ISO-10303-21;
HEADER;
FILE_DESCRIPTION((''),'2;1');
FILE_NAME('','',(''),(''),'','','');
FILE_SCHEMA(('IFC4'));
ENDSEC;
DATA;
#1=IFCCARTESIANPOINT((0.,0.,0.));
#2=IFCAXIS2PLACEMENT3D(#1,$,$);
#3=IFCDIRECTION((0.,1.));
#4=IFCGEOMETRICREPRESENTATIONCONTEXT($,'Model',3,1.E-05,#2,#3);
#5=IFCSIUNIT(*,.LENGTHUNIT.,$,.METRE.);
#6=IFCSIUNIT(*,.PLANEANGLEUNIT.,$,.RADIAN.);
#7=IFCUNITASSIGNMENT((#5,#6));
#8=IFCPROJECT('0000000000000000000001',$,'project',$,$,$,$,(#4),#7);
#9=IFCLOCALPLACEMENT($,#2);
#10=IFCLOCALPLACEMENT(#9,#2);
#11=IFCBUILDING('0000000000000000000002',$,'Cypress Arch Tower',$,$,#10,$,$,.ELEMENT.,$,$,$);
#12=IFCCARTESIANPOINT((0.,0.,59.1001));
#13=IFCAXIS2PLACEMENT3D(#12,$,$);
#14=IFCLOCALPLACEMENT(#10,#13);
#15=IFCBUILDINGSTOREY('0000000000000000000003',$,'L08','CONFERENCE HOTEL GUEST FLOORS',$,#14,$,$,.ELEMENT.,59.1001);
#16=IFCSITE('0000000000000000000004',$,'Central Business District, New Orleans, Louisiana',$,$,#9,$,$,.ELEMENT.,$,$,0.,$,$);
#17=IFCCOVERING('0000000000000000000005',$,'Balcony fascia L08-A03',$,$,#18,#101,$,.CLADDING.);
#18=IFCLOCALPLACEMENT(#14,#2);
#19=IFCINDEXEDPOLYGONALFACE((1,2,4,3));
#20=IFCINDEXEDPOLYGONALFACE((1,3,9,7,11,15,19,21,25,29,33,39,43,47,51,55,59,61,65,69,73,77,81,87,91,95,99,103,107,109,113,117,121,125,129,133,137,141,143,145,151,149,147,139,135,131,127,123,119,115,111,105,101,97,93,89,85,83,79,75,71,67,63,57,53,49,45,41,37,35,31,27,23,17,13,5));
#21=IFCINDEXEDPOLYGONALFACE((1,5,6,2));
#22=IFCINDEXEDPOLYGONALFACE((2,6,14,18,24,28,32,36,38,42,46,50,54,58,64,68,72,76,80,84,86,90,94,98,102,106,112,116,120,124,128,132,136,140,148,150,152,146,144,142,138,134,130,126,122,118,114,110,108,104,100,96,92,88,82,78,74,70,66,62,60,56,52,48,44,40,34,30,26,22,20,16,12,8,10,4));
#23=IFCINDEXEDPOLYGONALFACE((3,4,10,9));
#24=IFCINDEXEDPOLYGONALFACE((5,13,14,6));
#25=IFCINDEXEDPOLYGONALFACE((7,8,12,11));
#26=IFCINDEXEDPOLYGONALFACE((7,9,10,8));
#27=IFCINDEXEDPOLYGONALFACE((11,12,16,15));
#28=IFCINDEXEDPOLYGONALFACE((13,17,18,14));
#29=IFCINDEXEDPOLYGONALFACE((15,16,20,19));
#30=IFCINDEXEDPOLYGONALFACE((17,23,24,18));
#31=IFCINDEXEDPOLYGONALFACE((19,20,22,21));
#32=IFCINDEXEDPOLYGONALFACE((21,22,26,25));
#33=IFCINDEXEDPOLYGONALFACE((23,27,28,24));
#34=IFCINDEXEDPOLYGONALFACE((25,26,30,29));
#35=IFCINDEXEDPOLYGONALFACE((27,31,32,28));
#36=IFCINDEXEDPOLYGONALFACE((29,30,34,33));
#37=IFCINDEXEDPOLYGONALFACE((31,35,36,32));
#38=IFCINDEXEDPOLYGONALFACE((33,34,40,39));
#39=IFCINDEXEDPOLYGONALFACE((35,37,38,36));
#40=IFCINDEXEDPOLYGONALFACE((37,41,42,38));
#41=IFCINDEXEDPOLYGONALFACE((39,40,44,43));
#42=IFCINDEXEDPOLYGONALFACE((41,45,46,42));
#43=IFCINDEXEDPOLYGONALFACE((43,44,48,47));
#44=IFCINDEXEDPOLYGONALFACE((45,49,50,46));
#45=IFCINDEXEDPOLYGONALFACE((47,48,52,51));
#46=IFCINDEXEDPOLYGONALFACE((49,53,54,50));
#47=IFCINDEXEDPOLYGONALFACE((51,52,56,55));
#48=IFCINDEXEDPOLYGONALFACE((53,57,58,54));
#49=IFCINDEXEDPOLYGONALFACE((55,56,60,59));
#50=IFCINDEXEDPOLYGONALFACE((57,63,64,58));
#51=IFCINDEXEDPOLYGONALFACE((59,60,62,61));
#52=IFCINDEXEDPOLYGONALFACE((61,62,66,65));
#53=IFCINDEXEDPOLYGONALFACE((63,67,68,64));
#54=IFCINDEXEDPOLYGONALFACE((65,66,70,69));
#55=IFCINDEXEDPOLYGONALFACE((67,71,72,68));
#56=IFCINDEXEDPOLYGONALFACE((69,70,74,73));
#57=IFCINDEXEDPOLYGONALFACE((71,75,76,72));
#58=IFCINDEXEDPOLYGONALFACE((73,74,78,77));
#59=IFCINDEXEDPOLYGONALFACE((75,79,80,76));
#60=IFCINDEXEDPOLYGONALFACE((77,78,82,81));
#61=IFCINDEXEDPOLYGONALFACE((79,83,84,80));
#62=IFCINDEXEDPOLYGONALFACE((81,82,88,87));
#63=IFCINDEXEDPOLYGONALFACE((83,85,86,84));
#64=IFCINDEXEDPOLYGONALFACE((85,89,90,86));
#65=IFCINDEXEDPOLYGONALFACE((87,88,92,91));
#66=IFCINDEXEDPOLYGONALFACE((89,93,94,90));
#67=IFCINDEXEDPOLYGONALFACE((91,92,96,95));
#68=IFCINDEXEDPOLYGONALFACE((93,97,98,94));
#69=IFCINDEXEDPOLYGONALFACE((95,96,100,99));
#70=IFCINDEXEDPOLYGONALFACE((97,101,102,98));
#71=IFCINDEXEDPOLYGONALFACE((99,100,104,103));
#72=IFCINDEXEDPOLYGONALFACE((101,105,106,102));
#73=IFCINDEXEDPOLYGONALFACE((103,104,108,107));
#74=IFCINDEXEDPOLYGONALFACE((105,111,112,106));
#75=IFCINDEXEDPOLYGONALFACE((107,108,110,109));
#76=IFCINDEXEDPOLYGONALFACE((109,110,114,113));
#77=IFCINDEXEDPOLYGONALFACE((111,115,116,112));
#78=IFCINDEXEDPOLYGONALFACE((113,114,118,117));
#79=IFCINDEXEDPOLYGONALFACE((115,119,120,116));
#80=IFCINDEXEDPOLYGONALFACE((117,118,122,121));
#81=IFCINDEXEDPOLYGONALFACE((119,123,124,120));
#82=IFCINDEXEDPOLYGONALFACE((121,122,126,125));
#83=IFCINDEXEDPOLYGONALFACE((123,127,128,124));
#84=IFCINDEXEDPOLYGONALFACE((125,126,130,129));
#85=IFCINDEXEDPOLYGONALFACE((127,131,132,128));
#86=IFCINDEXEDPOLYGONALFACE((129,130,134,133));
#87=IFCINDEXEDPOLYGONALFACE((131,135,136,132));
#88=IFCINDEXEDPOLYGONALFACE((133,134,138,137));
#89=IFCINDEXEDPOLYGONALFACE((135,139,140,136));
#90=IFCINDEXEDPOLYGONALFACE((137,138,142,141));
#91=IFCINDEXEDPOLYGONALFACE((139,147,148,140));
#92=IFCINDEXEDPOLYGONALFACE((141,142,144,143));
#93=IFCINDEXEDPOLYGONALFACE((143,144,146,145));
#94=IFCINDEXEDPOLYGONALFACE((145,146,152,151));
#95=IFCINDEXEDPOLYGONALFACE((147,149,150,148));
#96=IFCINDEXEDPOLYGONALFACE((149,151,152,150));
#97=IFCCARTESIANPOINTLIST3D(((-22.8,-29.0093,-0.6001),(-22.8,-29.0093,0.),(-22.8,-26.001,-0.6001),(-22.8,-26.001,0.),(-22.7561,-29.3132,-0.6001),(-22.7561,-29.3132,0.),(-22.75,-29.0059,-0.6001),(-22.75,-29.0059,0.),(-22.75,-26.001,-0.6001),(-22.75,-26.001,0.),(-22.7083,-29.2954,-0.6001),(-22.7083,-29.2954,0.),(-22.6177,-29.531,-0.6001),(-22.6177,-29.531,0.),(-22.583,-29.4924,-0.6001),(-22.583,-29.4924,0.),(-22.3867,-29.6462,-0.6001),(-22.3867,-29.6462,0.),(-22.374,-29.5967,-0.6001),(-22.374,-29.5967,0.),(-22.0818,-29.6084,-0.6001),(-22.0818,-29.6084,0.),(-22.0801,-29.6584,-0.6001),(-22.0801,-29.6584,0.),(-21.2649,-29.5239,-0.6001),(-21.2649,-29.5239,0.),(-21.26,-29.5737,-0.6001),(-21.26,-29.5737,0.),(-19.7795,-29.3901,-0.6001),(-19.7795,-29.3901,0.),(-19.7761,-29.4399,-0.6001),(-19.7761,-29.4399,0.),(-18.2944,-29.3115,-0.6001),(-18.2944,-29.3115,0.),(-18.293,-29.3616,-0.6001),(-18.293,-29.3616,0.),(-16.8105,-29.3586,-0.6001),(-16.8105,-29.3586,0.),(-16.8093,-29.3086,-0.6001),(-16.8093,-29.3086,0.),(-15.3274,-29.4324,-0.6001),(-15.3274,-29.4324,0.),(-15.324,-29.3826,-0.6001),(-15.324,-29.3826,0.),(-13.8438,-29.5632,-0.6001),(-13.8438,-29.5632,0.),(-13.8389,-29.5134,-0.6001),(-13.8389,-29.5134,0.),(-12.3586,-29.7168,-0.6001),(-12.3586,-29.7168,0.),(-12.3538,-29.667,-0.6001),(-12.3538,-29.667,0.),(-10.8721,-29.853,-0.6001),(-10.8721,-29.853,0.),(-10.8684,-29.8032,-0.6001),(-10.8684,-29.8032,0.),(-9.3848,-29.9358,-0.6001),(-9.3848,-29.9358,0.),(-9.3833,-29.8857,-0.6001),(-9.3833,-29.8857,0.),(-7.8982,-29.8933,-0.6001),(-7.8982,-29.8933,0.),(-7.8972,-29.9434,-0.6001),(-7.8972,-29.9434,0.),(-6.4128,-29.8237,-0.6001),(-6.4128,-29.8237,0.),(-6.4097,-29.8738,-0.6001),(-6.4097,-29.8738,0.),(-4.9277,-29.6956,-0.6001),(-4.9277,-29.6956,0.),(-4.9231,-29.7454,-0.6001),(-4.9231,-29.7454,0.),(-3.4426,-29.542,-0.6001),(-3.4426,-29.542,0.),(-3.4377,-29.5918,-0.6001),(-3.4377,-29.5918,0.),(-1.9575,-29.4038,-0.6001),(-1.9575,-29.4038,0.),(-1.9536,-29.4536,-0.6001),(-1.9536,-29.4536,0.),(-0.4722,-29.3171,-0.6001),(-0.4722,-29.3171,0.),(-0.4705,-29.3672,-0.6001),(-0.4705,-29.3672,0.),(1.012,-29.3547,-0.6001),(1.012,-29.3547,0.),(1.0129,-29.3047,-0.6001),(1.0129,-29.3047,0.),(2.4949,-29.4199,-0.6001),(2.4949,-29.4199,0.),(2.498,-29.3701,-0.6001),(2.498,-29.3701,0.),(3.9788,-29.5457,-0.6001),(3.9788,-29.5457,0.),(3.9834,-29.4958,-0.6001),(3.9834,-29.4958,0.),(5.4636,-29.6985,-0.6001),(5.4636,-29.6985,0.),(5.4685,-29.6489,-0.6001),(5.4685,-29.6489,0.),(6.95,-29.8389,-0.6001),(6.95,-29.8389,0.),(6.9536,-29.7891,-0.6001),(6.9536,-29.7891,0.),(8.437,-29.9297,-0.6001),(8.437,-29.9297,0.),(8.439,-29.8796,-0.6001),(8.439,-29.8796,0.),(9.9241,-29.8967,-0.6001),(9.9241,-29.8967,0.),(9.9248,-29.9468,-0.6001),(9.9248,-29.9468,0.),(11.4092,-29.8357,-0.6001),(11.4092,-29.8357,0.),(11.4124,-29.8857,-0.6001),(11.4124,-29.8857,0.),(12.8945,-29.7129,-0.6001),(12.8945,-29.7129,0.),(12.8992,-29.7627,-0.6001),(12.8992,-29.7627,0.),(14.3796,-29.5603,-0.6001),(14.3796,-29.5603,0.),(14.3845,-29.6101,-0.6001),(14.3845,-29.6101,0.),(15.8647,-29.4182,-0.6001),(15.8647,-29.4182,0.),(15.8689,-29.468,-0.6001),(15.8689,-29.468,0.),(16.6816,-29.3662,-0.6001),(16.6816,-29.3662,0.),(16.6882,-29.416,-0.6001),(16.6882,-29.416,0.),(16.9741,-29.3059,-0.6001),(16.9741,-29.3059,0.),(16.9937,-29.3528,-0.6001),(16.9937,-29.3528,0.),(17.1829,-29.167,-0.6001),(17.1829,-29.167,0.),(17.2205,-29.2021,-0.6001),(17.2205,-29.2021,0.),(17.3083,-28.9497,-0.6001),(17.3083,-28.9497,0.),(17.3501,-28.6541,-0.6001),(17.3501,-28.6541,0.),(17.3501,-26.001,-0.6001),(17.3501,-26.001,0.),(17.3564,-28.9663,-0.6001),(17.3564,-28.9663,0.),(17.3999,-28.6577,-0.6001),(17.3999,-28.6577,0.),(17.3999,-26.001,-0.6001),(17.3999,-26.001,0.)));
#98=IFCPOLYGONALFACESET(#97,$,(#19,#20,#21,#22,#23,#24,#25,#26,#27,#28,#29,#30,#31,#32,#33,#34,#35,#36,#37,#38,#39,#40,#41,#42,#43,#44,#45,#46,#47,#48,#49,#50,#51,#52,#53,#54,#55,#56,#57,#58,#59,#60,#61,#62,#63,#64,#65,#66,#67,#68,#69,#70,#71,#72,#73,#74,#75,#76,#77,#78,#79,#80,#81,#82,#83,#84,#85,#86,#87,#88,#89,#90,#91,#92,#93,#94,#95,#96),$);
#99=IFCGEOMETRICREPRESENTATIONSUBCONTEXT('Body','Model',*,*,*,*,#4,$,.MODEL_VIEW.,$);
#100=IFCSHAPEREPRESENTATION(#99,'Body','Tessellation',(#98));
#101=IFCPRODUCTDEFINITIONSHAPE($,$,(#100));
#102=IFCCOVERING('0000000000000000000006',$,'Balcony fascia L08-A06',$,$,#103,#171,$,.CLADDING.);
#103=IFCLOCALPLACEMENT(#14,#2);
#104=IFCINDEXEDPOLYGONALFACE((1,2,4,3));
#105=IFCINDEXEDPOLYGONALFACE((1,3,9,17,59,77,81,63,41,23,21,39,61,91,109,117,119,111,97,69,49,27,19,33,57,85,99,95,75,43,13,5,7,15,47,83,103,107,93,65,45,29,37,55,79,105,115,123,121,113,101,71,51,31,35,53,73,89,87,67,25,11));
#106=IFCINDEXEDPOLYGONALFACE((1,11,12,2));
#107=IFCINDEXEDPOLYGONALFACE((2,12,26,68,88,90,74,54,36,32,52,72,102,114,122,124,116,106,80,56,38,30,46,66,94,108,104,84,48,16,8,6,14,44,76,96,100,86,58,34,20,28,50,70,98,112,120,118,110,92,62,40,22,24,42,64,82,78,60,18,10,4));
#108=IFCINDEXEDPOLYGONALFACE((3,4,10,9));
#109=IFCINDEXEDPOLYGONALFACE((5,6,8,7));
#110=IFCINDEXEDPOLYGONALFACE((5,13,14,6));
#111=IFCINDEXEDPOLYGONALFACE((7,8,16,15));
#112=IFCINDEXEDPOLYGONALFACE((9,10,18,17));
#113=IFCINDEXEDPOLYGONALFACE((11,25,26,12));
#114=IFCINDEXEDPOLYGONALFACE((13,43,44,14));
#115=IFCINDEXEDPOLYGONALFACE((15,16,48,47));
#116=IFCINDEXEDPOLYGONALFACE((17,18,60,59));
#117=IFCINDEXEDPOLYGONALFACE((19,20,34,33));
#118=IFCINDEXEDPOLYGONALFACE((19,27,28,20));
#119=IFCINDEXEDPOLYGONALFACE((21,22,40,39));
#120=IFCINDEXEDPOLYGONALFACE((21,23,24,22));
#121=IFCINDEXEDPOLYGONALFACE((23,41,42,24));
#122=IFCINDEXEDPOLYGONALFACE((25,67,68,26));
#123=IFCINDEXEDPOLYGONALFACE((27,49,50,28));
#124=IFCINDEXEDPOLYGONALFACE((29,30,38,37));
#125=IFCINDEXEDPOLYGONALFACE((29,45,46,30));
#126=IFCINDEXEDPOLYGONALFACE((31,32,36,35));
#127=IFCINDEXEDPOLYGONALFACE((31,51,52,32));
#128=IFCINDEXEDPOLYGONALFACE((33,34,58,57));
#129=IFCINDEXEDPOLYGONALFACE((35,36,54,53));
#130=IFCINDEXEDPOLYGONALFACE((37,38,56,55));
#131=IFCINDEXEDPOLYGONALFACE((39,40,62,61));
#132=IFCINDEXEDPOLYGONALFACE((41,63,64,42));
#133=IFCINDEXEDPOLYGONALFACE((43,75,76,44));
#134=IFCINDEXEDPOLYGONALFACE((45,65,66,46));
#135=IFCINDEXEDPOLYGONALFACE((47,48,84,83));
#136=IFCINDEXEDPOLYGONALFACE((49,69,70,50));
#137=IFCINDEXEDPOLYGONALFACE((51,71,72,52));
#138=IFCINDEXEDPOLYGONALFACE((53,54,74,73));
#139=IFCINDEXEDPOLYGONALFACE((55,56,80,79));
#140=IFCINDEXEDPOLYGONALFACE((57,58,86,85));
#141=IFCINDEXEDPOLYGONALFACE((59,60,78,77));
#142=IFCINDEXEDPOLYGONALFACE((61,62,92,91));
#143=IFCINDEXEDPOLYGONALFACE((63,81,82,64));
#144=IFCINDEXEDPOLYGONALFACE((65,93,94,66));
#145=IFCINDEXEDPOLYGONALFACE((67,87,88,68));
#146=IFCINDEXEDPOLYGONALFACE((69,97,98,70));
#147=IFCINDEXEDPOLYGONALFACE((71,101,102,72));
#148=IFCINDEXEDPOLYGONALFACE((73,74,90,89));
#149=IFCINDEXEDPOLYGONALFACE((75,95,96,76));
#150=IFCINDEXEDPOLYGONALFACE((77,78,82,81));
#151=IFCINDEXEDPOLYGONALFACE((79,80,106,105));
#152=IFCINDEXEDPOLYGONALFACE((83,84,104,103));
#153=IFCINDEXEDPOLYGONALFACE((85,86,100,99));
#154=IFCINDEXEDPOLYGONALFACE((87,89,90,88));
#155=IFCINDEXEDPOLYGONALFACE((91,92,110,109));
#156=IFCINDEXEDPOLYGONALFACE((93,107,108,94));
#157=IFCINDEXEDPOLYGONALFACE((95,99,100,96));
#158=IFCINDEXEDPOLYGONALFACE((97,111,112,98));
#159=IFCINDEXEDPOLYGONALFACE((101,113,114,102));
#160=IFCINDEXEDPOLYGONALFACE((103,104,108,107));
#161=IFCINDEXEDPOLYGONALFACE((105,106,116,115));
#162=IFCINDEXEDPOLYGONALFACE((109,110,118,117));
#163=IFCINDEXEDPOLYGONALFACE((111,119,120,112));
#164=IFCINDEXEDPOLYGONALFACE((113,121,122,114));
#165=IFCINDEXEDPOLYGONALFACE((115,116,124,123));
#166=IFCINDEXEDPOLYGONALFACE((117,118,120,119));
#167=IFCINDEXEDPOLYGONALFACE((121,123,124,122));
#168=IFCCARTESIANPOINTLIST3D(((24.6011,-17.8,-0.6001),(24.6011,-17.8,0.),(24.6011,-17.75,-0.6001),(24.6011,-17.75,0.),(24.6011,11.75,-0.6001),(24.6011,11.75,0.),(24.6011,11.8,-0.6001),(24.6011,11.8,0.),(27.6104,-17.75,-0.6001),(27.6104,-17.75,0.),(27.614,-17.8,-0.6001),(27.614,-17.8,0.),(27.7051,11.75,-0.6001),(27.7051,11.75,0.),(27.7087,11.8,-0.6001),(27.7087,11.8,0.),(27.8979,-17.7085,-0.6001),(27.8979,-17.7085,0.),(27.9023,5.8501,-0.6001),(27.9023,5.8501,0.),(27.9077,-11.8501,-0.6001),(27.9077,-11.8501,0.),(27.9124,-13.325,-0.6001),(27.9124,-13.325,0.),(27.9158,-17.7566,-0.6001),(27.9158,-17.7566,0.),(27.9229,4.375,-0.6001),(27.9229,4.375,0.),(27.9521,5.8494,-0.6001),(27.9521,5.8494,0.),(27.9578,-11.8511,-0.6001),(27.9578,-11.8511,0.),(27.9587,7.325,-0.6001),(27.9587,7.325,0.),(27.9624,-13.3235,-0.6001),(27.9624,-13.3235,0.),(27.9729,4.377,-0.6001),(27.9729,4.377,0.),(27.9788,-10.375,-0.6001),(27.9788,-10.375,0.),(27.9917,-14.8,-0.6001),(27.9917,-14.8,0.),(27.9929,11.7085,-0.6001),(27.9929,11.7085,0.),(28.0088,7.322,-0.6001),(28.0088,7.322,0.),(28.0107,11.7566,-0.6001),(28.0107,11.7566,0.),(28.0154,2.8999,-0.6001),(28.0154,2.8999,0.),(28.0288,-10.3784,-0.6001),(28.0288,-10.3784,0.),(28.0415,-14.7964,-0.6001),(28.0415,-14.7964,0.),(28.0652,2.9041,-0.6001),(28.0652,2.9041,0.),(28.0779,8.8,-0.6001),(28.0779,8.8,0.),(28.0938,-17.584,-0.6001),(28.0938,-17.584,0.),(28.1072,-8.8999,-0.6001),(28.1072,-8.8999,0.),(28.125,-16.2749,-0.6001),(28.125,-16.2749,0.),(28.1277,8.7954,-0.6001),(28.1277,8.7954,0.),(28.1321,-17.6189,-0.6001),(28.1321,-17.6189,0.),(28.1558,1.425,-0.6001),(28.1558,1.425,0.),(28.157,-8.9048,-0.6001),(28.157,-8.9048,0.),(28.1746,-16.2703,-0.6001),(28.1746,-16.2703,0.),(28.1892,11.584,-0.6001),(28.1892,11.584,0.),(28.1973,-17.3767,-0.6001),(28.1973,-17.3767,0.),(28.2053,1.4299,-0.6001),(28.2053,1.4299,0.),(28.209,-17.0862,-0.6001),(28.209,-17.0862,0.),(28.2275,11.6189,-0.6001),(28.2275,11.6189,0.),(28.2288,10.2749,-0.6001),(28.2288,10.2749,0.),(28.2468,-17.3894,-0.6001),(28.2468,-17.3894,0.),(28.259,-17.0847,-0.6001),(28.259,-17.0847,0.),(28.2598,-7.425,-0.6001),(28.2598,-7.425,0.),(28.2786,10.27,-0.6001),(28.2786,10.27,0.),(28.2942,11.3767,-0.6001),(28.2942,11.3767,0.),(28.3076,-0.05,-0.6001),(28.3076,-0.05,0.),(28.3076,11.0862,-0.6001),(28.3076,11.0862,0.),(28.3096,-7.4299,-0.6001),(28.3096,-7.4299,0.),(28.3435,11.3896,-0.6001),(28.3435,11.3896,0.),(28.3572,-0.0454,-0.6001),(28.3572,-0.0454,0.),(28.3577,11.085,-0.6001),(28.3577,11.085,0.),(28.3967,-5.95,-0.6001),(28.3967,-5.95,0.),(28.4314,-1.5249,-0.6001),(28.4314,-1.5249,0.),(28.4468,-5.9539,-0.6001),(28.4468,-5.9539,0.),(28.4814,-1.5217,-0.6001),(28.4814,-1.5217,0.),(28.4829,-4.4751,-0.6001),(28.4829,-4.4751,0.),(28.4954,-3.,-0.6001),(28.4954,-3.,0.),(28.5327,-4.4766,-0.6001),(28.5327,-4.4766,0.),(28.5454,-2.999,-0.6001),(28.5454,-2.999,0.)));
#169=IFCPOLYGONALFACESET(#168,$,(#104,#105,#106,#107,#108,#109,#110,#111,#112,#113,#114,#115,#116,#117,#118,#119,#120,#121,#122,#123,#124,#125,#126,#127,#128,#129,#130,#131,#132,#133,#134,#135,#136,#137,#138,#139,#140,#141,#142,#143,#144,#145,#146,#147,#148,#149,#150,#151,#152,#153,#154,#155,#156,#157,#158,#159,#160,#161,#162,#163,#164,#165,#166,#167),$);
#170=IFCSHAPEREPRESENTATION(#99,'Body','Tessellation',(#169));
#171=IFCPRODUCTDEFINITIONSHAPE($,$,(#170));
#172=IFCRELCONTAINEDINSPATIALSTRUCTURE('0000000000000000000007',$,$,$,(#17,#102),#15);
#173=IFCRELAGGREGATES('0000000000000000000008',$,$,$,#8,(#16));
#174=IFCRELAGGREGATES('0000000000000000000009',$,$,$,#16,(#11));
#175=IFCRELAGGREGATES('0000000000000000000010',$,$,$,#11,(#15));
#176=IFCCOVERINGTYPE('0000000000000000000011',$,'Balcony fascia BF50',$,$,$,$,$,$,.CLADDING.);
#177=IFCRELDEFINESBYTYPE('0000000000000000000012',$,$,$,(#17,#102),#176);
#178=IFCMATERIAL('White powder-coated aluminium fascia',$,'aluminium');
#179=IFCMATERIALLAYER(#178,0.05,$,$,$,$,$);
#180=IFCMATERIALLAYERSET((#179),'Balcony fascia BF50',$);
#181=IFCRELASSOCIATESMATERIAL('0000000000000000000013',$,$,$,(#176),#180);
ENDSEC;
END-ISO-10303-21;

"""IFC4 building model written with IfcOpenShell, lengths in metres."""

from ifc_helpers import new_model, si_unit, direction, frame, origin, place, context, subcontext, project, spatial, polyline, outline, extrude, material, layer, layer_set, type_object, element, save


model = new_model("IFC4")

# Units and contexts
model_context = context("Model", 3, precision=1e-05, world=origin(), true_north=direction((0.0, 1.0)))
body_context = subcontext(model_context, "Body", "Model", "MODEL_VIEW")
ifc_project = project(units=[si_unit("LENGTHUNIT", "METRE"), si_unit("PLANEANGLEUNIT", "RADIAN")], contexts=[model_context])

# Site, building, storey
site_placement = place(None, origin())
site = spatial("IfcSite", under=ifc_project, at=site_placement, Name="Central Business District, New Orleans, Louisiana", CompositionType="ELEMENT", RefElevation=0.0)
building_placement = place(site_placement, origin())
building = spatial("IfcBuilding", under=site, at=building_placement, Name="Cypress Arch Tower", CompositionType="ELEMENT")
storey_placement = place(building_placement, frame((0.0, 0.0, 59.1001)))
storey = spatial("IfcBuildingStorey", under=building, at=storey_placement, Name="L08", Description="CONFERENCE HOTEL GUEST FLOORS", CompositionType="ELEMENT", Elevation=59.1001)

# Coverings
ifc_material_1 = material(Name="White powder-coated aluminium fascia", Category="aluminium")
ifc_layer_1 = layer(ifc_material_1, 0.05)
ifc_layer_set_1 = layer_set([ifc_layer_1], Name="Balcony fascia BF50")
covering_type_1 = type_object("IfcCoveringType", Name="Balcony fascia BF50", PredefinedType="CLADDING", material=ifc_layer_set_1)
covering_1_placement = place(storey_placement, frame((0.0, 0.0, -0.6001)))
element("IfcCovering", 1, at=covering_1_placement, inside=storey, type_object=covering_type_1, Name="Balcony fascia L08-A03", PredefinedType="CLADDING", context=body_context, shape_type="SweptSolid", body=[
    extrude(outline(polyline([(17.3999, -28.6577), (17.3564, -28.9663), (17.2205, -29.2021), (16.9937, -29.3528), (16.6882, -29.416), (15.8689, -29.468), (14.3845, -29.6101), (12.8992, -29.7627), (11.4124, -29.8857), (9.9248, -29.9468), (8.437, -29.9297), (6.95, -29.8389), (5.4636, -29.6985), (3.9788, -29.5457), (2.4949, -29.4199), (1.012, -29.3547), (-0.4705, -29.3672), (-1.9536, -29.4536), (-3.4377, -29.5918), (-4.9231, -29.7454), (-6.4097, -29.8738), (-7.8972, -29.9434), (-9.3848, -29.9358), (-10.8721, -29.853), (-12.3586, -29.7168), (-13.8438, -29.5632), (-15.3274, -29.4324), (-16.8105, -29.3586), (-18.293, -29.3616), (-19.7761, -29.4399), (-21.26, -29.5737), (-22.0801, -29.6584), (-22.3867, -29.6462), (-22.6177, -29.531), (-22.7561, -29.3132), (-22.8, -29.0093), (-22.8, -26.001), (-22.75, -26.001), (-22.75, -29.0059), (-22.7083, -29.2954), (-22.583, -29.4924), (-22.374, -29.5967), (-22.0818, -29.6084), (-21.2649, -29.5239), (-19.7795, -29.3901), (-18.2944, -29.3115), (-16.8093, -29.3086), (-15.324, -29.3826), (-13.8389, -29.5134), (-12.3538, -29.667), (-10.8684, -29.8032), (-9.3833, -29.8857), (-7.8982, -29.8933), (-6.4128, -29.8237), (-4.9277, -29.6956), (-3.4426, -29.542), (-1.9575, -29.4038), (-0.4722, -29.3171), (1.0129, -29.3047), (2.498, -29.3701), (3.9834, -29.4958), (5.4685, -29.6489), (6.9536, -29.7891), (8.439, -29.8796), (9.9241, -29.8967), (11.4092, -29.8357), (12.8945, -29.7129), (14.3796, -29.5603), (15.8647, -29.4182), (16.6816, -29.3662), (16.9741, -29.3059), (17.1829, -29.167), (17.3083, -28.9497), (17.3501, -28.6541), (17.3501, -26.001), (17.3999, -26.001), (17.3999, -28.6577)])), origin(), (0.0, 0.0, 1.0), 0.6001),
])
covering_2_placement = place(storey_placement, frame((0.0, 0.0, -0.6001)))
element("IfcCovering", 2, at=covering_2_placement, inside=storey, type_object=covering_type_1, Name="Balcony fascia L08-A06", PredefinedType="CLADDING", context=body_context, shape_type="SweptSolid", body=[
    extrude(outline(polyline([(27.7087, 11.8), (28.0107, 11.7566), (28.2275, 11.6189), (28.3435, 11.3896), (28.3577, 11.085), (28.2786, 10.27), (28.1277, 8.7954), (28.0088, 7.322), (27.9521, 5.8494), (27.9729, 4.377), (28.0652, 2.9041), (28.2053, 1.4299), (28.3572, -0.0454), (28.4814, -1.5217), (28.5454, -2.999), (28.5327, -4.4766), (28.4468, -5.9539), (28.3096, -7.4299), (28.157, -8.9048), (28.0288, -10.3784), (27.9578, -11.8511), (27.9624, -13.3235), (28.0415, -14.7964), (28.1746, -16.2703), (28.259, -17.0847), (28.2468, -17.3894), (28.1321, -17.6189), (27.9158, -17.7566), (27.614, -17.8), (24.6011, -17.8), (24.6011, -17.75), (27.6104, -17.75), (27.8979, -17.7085), (28.0938, -17.584), (28.1973, -17.3767), (28.209, -17.0862), (28.125, -16.2749), (27.9917, -14.8), (27.9124, -13.325), (27.9077, -11.8501), (27.9788, -10.375), (28.1072, -8.8999), (28.2598, -7.425), (28.3967, -5.95), (28.4829, -4.4751), (28.4954, -3.0), (28.4314, -1.5249), (28.3076, -0.05), (28.1558, 1.425), (28.0154, 2.8999), (27.9229, 4.375), (27.9023, 5.8501), (27.9587, 7.325), (28.0779, 8.8), (28.2288, 10.2749), (28.3076, 11.0862), (28.2942, 11.3767), (28.1892, 11.584), (27.9929, 11.7085), (27.7051, 11.75), (24.6011, 11.75), (24.6011, 11.8), (27.7087, 11.8)])), origin(), (0.0, 0.0, 1.0), 0.6001),
])

save(model, "model.ifc")
